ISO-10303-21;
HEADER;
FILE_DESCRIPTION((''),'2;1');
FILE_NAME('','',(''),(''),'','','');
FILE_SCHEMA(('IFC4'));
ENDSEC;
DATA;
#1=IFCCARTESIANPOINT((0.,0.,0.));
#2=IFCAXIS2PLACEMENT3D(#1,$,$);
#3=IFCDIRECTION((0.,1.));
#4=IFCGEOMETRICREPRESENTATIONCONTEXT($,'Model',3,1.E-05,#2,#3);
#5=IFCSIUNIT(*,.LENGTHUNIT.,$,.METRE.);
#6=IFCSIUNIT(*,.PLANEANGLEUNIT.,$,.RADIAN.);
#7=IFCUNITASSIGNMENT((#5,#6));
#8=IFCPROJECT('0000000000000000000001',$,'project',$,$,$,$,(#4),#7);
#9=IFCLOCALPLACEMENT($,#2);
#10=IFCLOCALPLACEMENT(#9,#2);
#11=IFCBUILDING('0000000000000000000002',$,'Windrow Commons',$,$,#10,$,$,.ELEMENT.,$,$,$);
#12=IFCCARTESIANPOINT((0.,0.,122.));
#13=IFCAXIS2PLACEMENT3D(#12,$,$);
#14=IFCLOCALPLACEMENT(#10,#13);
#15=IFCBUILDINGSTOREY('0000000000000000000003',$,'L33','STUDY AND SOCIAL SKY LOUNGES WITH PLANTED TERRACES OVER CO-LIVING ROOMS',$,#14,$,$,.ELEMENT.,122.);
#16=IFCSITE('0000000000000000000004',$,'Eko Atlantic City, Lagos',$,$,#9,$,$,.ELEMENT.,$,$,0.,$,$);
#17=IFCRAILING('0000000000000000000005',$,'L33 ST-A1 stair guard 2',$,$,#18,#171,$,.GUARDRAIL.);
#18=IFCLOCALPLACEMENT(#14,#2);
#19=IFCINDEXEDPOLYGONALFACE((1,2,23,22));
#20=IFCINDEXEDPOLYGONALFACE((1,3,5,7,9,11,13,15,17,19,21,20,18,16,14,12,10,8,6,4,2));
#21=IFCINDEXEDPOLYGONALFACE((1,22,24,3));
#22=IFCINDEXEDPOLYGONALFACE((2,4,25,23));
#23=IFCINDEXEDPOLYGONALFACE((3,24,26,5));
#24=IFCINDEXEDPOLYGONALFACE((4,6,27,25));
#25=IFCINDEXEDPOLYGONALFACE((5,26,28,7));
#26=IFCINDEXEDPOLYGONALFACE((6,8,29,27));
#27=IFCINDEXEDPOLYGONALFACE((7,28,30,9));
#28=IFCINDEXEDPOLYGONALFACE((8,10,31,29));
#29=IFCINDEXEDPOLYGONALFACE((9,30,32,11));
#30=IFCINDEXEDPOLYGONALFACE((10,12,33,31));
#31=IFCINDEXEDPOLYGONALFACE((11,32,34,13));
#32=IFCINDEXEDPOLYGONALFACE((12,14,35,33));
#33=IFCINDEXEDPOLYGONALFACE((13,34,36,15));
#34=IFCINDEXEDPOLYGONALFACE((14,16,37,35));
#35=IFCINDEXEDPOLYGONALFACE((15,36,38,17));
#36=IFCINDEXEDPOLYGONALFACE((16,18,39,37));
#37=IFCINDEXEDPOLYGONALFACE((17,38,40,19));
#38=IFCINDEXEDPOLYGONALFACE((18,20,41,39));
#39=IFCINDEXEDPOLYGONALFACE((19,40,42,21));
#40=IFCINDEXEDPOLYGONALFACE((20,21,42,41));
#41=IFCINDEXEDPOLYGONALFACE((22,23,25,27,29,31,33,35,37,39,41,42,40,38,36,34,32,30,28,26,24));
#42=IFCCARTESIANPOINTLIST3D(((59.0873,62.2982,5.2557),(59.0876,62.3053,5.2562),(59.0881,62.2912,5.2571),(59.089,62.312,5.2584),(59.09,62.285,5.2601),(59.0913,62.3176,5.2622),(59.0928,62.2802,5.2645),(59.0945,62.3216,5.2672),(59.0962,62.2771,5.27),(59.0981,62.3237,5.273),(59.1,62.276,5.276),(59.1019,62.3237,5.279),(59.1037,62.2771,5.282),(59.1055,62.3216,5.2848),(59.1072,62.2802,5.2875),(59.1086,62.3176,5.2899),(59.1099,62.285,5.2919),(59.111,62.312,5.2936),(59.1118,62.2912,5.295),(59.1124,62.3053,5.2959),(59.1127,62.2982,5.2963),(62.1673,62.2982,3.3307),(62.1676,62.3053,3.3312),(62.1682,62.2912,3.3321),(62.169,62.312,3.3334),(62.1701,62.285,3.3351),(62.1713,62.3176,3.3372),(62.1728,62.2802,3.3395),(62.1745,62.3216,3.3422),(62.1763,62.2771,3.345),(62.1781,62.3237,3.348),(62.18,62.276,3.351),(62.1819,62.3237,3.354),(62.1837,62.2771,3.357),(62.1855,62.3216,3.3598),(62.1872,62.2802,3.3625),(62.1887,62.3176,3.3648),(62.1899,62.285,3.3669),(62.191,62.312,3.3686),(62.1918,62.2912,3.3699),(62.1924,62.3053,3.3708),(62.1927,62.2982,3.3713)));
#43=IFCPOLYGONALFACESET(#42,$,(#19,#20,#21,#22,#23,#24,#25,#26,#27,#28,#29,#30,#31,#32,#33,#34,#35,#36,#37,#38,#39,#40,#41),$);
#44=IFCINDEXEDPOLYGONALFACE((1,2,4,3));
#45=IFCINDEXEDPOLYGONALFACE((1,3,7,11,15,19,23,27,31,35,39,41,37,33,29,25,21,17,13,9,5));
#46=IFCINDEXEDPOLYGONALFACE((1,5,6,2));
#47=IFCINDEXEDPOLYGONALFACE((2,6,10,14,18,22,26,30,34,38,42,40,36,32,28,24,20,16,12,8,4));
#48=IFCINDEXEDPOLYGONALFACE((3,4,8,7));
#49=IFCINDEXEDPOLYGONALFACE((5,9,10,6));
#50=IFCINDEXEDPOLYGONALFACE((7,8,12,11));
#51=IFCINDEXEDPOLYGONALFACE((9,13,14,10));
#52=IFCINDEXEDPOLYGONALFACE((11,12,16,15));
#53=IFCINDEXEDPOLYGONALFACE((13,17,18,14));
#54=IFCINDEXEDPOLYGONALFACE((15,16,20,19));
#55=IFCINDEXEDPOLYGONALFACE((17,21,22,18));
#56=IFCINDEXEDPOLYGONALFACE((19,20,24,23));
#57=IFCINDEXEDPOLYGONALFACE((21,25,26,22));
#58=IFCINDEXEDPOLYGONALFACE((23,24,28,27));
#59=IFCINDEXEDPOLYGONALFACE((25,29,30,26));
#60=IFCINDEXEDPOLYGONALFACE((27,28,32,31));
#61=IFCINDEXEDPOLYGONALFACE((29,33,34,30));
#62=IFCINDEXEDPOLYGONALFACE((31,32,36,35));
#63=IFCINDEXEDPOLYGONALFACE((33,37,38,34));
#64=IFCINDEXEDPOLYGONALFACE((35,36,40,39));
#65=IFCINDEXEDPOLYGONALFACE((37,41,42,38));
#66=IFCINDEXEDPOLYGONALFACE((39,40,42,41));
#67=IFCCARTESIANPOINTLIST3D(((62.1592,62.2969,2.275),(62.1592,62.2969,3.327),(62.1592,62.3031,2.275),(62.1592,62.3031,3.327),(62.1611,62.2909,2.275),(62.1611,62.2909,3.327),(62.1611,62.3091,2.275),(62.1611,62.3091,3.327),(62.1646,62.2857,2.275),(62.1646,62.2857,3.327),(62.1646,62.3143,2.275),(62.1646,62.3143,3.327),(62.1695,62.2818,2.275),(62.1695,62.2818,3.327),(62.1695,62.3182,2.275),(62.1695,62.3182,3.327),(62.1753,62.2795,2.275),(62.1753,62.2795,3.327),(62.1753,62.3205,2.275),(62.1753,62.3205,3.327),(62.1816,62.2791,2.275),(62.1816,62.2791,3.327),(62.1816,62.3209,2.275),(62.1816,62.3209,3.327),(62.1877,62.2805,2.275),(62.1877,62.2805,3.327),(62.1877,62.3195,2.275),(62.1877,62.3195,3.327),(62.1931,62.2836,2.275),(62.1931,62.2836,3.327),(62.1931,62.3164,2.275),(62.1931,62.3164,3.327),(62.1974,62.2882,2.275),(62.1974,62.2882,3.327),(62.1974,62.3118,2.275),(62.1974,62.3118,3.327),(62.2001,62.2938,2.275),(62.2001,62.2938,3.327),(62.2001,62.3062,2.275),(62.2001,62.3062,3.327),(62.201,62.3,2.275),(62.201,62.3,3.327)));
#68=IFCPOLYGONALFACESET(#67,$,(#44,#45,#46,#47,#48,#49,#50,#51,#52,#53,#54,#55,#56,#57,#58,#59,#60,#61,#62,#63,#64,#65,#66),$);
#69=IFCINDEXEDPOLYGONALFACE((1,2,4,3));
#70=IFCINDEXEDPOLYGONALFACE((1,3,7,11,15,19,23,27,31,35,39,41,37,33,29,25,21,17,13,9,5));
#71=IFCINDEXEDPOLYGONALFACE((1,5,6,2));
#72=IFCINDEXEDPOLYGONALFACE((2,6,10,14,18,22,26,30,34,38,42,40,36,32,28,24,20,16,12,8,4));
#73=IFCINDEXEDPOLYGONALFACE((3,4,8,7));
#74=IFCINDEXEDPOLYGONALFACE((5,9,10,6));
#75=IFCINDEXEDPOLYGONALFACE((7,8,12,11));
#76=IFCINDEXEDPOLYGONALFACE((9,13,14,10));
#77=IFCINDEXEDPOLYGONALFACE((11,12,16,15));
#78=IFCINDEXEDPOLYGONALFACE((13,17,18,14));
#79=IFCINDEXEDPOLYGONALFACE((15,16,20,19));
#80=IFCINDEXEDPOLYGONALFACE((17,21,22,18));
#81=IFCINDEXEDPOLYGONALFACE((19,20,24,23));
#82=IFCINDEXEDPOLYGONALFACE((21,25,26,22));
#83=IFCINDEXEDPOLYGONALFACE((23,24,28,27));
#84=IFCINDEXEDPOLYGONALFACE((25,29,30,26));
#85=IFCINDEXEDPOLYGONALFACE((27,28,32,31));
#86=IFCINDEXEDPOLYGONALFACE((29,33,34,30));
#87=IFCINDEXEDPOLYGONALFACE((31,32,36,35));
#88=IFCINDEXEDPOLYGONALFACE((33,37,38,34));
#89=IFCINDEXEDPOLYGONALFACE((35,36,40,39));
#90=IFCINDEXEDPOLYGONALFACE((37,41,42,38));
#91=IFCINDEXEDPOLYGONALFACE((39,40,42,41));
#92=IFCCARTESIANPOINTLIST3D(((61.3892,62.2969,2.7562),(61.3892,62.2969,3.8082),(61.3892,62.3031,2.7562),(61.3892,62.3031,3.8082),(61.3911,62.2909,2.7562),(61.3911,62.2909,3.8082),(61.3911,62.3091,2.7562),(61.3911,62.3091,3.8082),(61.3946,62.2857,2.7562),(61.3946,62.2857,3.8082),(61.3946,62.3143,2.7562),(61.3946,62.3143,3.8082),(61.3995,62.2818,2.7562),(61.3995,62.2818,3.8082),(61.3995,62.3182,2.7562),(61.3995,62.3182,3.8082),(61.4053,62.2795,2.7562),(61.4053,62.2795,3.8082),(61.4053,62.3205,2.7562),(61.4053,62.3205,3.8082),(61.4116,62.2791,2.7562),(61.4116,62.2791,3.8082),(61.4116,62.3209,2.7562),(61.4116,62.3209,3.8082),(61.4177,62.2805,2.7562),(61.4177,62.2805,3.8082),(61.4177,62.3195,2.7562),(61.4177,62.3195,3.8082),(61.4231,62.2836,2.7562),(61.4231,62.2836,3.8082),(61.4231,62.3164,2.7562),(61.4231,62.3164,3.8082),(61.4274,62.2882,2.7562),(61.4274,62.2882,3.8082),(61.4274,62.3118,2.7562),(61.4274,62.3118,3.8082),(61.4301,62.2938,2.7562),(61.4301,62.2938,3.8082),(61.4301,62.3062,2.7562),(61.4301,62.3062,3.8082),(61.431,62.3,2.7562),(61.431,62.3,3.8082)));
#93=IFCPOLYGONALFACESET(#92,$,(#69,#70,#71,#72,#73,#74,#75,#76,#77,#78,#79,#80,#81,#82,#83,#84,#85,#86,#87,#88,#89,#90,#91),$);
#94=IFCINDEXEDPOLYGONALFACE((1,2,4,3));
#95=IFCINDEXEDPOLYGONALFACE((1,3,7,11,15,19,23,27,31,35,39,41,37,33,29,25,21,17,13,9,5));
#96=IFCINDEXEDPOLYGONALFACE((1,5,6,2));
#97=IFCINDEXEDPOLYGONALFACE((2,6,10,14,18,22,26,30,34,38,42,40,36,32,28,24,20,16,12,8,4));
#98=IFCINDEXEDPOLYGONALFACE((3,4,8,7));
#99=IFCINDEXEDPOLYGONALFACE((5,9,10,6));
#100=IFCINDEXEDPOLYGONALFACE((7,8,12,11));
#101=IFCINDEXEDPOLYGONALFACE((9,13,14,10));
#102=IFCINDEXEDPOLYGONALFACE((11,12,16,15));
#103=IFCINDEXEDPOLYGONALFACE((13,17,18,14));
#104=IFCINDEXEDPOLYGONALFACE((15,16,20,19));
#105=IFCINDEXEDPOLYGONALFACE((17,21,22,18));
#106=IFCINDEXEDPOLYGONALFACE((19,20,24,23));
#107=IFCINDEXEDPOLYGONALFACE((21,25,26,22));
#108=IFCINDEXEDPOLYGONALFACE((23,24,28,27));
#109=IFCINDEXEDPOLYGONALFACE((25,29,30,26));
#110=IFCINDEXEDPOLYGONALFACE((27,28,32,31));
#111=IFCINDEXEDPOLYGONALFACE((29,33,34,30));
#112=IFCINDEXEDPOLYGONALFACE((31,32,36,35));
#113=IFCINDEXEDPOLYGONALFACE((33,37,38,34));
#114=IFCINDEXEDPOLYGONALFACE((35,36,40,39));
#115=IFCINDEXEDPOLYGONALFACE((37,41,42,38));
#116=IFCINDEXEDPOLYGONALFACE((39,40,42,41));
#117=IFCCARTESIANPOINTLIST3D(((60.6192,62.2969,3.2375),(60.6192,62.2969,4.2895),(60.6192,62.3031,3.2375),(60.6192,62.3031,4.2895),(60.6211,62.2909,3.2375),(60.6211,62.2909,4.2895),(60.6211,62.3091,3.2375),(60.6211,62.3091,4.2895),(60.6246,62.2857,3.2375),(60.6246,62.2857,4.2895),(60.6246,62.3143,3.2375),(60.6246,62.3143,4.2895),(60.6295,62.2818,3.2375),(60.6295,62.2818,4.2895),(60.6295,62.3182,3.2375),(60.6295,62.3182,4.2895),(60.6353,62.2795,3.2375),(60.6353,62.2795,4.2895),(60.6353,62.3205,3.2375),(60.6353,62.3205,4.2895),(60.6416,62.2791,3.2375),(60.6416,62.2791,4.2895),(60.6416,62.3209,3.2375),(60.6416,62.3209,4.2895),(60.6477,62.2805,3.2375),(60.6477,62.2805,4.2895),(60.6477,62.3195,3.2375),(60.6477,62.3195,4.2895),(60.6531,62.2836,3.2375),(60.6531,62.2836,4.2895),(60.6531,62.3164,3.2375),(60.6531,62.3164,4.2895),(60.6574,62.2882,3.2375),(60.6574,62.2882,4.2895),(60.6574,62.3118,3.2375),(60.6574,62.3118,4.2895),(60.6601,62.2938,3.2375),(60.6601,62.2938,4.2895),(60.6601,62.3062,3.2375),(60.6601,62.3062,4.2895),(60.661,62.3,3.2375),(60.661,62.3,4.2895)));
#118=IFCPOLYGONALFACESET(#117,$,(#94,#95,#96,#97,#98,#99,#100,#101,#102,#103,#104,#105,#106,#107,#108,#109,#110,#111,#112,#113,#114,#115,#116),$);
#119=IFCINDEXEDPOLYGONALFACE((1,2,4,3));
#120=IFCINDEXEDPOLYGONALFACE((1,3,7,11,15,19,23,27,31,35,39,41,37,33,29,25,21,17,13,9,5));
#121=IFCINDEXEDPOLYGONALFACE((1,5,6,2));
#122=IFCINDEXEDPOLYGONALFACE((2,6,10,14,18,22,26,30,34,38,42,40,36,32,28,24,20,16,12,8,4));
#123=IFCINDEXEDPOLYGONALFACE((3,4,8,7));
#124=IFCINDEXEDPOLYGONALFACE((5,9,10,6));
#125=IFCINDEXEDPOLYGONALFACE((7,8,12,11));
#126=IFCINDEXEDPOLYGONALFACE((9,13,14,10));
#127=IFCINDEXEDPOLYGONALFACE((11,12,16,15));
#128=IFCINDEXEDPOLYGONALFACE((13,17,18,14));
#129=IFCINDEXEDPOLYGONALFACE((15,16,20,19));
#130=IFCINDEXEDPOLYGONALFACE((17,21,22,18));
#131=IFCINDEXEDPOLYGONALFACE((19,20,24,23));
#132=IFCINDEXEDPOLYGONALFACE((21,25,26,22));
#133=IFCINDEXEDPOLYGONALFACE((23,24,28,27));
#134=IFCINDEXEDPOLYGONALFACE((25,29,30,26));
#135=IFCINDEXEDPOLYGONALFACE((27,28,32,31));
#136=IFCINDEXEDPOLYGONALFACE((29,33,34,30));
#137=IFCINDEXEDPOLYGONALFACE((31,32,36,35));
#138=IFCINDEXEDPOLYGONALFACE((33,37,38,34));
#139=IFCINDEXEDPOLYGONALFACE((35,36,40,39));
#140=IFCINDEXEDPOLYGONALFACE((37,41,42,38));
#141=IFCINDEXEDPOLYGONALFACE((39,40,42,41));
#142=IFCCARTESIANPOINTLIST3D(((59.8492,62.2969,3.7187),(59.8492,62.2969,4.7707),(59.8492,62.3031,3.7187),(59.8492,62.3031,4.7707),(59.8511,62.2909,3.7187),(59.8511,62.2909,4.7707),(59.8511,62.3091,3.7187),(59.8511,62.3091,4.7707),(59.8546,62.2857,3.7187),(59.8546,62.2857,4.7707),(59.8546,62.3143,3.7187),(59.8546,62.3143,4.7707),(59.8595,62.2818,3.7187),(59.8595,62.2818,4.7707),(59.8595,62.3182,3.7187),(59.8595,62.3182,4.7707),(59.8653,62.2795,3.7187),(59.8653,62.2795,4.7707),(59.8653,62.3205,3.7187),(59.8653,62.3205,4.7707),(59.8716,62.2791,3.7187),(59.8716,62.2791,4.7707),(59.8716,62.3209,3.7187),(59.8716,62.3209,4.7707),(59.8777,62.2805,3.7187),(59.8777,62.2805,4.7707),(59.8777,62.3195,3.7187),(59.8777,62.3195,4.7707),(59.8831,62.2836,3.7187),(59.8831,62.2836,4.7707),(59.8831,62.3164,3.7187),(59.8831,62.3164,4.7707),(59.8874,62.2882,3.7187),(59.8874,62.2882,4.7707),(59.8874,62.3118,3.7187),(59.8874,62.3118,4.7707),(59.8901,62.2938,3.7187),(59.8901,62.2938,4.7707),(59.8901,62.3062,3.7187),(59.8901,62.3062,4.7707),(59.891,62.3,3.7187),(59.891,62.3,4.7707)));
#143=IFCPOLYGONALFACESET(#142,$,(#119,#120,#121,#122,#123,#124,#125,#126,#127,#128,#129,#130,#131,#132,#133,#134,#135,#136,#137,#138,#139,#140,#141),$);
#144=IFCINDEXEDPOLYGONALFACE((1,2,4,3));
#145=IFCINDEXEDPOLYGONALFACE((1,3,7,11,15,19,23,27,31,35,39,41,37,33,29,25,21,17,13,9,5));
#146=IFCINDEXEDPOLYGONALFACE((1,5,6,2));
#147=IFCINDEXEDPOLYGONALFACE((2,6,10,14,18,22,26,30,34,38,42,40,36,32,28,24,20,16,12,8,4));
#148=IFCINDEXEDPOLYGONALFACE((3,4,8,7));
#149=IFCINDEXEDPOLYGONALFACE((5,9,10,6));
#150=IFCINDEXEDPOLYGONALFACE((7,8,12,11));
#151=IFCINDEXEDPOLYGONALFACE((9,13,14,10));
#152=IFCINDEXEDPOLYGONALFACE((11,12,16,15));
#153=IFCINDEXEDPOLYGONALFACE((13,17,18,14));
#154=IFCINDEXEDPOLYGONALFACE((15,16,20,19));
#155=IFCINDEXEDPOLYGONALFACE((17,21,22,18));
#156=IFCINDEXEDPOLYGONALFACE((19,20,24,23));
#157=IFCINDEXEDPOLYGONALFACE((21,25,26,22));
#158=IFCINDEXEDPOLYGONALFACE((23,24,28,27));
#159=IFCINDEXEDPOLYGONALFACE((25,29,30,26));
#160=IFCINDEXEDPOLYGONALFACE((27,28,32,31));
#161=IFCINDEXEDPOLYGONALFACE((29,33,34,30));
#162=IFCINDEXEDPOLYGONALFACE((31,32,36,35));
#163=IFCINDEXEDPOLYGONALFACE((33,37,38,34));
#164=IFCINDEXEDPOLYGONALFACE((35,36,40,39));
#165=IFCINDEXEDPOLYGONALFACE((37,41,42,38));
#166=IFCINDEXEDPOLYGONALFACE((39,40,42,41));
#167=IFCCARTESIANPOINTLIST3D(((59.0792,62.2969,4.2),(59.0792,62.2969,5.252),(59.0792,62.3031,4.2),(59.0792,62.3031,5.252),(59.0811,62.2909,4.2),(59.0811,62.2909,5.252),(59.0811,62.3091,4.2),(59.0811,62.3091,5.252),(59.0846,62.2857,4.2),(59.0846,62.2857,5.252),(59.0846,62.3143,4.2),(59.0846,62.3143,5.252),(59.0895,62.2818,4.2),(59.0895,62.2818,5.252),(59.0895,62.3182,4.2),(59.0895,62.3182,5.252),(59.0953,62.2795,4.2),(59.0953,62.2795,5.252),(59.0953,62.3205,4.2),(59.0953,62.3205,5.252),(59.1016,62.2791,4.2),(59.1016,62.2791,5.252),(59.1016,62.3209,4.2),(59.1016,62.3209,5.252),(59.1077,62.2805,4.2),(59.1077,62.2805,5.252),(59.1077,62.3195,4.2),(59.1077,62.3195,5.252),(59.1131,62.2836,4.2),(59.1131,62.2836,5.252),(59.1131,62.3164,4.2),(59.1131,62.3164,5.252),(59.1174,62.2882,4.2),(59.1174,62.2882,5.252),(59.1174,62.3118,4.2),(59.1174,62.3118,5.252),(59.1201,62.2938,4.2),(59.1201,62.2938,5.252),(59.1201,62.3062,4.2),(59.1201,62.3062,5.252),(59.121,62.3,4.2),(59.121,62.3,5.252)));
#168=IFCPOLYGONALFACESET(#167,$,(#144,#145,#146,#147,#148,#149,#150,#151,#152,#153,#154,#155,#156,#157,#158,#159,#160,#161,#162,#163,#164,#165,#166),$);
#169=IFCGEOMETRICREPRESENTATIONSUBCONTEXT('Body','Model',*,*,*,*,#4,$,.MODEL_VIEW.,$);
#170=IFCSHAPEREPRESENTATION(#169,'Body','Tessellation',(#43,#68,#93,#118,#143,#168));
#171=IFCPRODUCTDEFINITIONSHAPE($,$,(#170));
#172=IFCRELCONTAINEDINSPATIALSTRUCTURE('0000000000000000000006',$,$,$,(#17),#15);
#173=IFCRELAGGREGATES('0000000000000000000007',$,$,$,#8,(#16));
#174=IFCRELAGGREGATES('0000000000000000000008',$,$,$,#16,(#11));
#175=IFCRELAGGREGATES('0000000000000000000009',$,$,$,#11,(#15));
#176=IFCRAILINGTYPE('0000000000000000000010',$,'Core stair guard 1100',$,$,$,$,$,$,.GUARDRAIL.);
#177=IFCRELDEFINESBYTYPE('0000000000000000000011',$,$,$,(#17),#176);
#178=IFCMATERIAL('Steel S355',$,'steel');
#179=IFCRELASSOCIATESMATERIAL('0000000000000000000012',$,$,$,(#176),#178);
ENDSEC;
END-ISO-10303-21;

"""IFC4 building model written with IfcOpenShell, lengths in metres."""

from ifc_helpers import new_model, si_unit, direction, frame, origin, origin_2d, place, context, subcontext, project, spatial, circle, extrude, material, type_object, element, save


model = new_model("IFC4")

# Units and contexts
model_context = context("Model", 3, precision=1e-05, world=origin(), true_north=direction((0.0, 1.0)))
body_context = subcontext(model_context, "Body", "Model", "MODEL_VIEW")
ifc_project = project(units=[si_unit("LENGTHUNIT", "METRE"), si_unit("PLANEANGLEUNIT", "RADIAN")], contexts=[model_context])

# Site, building, storey
site_placement = place(None, origin())
site = spatial("IfcSite", under=ifc_project, at=site_placement, Name="Eko Atlantic City, Lagos", CompositionType="ELEMENT", RefElevation=0.0)
building_placement = place(site_placement, origin())
building = spatial("IfcBuilding", under=site, at=building_placement, Name="Windrow Commons", CompositionType="ELEMENT")
storey_placement = place(building_placement, frame((0.0, 0.0, 122.0)))
storey = spatial("IfcBuildingStorey", under=building, at=storey_placement, Name="L33", Description="STUDY AND SOCIAL SKY LOUNGES WITH PLANTED TERRACES OVER CO-LIVING ROOMS", CompositionType="ELEMENT", Elevation=122.0)

# Railing
ifc_material_1 = material(Name="Steel S355", Category="steel")
railing_type_1 = type_object("IfcRailingType", Name="Core stair guard 1100", PredefinedType="GUARDRAIL", material=ifc_material_1)
railing_1_placement = place(storey_placement, frame((62.18, 62.3, 2.275)))
element("IfcRailing", 1, at=railing_1_placement, inside=storey, type_object=railing_type_1, Name="L33 ST-A1 stair guard 2", PredefinedType="GUARDRAIL", context=body_context, shape_type="SweptSolid", body=[
    extrude(circle(Radius=0.024, at=origin_2d()), frame((0.0, 0.0, 1.076), z_axis=(-0.847998, 0.0, 0.529999), x_axis=(0.0, -1.0, 0.0)), (0.0, 0.0, 1.0), 3.6321),
    extrude(circle(Radius=0.021, at=origin_2d()), origin(), (0.0, 0.0, 1.0), 1.052),
    extrude(circle(Radius=0.021, at=origin_2d()), frame((-0.77, 0.0, 0.4812)), (0.0, 0.0, 1.0), 1.052),
    extrude(circle(Radius=0.021, at=origin_2d()), frame((-1.54, 0.0, 0.9625)), (0.0, 0.0, 1.0), 1.052),
    extrude(circle(Radius=0.021, at=origin_2d()), frame((-2.31, 0.0, 1.4437)), (0.0, 0.0, 1.0), 1.052),
    extrude(circle(Radius=0.021, at=origin_2d()), frame((-3.08, 0.0, 1.925)), (0.0, 0.0, 1.0), 1.052),
])

save(model, "model.ifc")
